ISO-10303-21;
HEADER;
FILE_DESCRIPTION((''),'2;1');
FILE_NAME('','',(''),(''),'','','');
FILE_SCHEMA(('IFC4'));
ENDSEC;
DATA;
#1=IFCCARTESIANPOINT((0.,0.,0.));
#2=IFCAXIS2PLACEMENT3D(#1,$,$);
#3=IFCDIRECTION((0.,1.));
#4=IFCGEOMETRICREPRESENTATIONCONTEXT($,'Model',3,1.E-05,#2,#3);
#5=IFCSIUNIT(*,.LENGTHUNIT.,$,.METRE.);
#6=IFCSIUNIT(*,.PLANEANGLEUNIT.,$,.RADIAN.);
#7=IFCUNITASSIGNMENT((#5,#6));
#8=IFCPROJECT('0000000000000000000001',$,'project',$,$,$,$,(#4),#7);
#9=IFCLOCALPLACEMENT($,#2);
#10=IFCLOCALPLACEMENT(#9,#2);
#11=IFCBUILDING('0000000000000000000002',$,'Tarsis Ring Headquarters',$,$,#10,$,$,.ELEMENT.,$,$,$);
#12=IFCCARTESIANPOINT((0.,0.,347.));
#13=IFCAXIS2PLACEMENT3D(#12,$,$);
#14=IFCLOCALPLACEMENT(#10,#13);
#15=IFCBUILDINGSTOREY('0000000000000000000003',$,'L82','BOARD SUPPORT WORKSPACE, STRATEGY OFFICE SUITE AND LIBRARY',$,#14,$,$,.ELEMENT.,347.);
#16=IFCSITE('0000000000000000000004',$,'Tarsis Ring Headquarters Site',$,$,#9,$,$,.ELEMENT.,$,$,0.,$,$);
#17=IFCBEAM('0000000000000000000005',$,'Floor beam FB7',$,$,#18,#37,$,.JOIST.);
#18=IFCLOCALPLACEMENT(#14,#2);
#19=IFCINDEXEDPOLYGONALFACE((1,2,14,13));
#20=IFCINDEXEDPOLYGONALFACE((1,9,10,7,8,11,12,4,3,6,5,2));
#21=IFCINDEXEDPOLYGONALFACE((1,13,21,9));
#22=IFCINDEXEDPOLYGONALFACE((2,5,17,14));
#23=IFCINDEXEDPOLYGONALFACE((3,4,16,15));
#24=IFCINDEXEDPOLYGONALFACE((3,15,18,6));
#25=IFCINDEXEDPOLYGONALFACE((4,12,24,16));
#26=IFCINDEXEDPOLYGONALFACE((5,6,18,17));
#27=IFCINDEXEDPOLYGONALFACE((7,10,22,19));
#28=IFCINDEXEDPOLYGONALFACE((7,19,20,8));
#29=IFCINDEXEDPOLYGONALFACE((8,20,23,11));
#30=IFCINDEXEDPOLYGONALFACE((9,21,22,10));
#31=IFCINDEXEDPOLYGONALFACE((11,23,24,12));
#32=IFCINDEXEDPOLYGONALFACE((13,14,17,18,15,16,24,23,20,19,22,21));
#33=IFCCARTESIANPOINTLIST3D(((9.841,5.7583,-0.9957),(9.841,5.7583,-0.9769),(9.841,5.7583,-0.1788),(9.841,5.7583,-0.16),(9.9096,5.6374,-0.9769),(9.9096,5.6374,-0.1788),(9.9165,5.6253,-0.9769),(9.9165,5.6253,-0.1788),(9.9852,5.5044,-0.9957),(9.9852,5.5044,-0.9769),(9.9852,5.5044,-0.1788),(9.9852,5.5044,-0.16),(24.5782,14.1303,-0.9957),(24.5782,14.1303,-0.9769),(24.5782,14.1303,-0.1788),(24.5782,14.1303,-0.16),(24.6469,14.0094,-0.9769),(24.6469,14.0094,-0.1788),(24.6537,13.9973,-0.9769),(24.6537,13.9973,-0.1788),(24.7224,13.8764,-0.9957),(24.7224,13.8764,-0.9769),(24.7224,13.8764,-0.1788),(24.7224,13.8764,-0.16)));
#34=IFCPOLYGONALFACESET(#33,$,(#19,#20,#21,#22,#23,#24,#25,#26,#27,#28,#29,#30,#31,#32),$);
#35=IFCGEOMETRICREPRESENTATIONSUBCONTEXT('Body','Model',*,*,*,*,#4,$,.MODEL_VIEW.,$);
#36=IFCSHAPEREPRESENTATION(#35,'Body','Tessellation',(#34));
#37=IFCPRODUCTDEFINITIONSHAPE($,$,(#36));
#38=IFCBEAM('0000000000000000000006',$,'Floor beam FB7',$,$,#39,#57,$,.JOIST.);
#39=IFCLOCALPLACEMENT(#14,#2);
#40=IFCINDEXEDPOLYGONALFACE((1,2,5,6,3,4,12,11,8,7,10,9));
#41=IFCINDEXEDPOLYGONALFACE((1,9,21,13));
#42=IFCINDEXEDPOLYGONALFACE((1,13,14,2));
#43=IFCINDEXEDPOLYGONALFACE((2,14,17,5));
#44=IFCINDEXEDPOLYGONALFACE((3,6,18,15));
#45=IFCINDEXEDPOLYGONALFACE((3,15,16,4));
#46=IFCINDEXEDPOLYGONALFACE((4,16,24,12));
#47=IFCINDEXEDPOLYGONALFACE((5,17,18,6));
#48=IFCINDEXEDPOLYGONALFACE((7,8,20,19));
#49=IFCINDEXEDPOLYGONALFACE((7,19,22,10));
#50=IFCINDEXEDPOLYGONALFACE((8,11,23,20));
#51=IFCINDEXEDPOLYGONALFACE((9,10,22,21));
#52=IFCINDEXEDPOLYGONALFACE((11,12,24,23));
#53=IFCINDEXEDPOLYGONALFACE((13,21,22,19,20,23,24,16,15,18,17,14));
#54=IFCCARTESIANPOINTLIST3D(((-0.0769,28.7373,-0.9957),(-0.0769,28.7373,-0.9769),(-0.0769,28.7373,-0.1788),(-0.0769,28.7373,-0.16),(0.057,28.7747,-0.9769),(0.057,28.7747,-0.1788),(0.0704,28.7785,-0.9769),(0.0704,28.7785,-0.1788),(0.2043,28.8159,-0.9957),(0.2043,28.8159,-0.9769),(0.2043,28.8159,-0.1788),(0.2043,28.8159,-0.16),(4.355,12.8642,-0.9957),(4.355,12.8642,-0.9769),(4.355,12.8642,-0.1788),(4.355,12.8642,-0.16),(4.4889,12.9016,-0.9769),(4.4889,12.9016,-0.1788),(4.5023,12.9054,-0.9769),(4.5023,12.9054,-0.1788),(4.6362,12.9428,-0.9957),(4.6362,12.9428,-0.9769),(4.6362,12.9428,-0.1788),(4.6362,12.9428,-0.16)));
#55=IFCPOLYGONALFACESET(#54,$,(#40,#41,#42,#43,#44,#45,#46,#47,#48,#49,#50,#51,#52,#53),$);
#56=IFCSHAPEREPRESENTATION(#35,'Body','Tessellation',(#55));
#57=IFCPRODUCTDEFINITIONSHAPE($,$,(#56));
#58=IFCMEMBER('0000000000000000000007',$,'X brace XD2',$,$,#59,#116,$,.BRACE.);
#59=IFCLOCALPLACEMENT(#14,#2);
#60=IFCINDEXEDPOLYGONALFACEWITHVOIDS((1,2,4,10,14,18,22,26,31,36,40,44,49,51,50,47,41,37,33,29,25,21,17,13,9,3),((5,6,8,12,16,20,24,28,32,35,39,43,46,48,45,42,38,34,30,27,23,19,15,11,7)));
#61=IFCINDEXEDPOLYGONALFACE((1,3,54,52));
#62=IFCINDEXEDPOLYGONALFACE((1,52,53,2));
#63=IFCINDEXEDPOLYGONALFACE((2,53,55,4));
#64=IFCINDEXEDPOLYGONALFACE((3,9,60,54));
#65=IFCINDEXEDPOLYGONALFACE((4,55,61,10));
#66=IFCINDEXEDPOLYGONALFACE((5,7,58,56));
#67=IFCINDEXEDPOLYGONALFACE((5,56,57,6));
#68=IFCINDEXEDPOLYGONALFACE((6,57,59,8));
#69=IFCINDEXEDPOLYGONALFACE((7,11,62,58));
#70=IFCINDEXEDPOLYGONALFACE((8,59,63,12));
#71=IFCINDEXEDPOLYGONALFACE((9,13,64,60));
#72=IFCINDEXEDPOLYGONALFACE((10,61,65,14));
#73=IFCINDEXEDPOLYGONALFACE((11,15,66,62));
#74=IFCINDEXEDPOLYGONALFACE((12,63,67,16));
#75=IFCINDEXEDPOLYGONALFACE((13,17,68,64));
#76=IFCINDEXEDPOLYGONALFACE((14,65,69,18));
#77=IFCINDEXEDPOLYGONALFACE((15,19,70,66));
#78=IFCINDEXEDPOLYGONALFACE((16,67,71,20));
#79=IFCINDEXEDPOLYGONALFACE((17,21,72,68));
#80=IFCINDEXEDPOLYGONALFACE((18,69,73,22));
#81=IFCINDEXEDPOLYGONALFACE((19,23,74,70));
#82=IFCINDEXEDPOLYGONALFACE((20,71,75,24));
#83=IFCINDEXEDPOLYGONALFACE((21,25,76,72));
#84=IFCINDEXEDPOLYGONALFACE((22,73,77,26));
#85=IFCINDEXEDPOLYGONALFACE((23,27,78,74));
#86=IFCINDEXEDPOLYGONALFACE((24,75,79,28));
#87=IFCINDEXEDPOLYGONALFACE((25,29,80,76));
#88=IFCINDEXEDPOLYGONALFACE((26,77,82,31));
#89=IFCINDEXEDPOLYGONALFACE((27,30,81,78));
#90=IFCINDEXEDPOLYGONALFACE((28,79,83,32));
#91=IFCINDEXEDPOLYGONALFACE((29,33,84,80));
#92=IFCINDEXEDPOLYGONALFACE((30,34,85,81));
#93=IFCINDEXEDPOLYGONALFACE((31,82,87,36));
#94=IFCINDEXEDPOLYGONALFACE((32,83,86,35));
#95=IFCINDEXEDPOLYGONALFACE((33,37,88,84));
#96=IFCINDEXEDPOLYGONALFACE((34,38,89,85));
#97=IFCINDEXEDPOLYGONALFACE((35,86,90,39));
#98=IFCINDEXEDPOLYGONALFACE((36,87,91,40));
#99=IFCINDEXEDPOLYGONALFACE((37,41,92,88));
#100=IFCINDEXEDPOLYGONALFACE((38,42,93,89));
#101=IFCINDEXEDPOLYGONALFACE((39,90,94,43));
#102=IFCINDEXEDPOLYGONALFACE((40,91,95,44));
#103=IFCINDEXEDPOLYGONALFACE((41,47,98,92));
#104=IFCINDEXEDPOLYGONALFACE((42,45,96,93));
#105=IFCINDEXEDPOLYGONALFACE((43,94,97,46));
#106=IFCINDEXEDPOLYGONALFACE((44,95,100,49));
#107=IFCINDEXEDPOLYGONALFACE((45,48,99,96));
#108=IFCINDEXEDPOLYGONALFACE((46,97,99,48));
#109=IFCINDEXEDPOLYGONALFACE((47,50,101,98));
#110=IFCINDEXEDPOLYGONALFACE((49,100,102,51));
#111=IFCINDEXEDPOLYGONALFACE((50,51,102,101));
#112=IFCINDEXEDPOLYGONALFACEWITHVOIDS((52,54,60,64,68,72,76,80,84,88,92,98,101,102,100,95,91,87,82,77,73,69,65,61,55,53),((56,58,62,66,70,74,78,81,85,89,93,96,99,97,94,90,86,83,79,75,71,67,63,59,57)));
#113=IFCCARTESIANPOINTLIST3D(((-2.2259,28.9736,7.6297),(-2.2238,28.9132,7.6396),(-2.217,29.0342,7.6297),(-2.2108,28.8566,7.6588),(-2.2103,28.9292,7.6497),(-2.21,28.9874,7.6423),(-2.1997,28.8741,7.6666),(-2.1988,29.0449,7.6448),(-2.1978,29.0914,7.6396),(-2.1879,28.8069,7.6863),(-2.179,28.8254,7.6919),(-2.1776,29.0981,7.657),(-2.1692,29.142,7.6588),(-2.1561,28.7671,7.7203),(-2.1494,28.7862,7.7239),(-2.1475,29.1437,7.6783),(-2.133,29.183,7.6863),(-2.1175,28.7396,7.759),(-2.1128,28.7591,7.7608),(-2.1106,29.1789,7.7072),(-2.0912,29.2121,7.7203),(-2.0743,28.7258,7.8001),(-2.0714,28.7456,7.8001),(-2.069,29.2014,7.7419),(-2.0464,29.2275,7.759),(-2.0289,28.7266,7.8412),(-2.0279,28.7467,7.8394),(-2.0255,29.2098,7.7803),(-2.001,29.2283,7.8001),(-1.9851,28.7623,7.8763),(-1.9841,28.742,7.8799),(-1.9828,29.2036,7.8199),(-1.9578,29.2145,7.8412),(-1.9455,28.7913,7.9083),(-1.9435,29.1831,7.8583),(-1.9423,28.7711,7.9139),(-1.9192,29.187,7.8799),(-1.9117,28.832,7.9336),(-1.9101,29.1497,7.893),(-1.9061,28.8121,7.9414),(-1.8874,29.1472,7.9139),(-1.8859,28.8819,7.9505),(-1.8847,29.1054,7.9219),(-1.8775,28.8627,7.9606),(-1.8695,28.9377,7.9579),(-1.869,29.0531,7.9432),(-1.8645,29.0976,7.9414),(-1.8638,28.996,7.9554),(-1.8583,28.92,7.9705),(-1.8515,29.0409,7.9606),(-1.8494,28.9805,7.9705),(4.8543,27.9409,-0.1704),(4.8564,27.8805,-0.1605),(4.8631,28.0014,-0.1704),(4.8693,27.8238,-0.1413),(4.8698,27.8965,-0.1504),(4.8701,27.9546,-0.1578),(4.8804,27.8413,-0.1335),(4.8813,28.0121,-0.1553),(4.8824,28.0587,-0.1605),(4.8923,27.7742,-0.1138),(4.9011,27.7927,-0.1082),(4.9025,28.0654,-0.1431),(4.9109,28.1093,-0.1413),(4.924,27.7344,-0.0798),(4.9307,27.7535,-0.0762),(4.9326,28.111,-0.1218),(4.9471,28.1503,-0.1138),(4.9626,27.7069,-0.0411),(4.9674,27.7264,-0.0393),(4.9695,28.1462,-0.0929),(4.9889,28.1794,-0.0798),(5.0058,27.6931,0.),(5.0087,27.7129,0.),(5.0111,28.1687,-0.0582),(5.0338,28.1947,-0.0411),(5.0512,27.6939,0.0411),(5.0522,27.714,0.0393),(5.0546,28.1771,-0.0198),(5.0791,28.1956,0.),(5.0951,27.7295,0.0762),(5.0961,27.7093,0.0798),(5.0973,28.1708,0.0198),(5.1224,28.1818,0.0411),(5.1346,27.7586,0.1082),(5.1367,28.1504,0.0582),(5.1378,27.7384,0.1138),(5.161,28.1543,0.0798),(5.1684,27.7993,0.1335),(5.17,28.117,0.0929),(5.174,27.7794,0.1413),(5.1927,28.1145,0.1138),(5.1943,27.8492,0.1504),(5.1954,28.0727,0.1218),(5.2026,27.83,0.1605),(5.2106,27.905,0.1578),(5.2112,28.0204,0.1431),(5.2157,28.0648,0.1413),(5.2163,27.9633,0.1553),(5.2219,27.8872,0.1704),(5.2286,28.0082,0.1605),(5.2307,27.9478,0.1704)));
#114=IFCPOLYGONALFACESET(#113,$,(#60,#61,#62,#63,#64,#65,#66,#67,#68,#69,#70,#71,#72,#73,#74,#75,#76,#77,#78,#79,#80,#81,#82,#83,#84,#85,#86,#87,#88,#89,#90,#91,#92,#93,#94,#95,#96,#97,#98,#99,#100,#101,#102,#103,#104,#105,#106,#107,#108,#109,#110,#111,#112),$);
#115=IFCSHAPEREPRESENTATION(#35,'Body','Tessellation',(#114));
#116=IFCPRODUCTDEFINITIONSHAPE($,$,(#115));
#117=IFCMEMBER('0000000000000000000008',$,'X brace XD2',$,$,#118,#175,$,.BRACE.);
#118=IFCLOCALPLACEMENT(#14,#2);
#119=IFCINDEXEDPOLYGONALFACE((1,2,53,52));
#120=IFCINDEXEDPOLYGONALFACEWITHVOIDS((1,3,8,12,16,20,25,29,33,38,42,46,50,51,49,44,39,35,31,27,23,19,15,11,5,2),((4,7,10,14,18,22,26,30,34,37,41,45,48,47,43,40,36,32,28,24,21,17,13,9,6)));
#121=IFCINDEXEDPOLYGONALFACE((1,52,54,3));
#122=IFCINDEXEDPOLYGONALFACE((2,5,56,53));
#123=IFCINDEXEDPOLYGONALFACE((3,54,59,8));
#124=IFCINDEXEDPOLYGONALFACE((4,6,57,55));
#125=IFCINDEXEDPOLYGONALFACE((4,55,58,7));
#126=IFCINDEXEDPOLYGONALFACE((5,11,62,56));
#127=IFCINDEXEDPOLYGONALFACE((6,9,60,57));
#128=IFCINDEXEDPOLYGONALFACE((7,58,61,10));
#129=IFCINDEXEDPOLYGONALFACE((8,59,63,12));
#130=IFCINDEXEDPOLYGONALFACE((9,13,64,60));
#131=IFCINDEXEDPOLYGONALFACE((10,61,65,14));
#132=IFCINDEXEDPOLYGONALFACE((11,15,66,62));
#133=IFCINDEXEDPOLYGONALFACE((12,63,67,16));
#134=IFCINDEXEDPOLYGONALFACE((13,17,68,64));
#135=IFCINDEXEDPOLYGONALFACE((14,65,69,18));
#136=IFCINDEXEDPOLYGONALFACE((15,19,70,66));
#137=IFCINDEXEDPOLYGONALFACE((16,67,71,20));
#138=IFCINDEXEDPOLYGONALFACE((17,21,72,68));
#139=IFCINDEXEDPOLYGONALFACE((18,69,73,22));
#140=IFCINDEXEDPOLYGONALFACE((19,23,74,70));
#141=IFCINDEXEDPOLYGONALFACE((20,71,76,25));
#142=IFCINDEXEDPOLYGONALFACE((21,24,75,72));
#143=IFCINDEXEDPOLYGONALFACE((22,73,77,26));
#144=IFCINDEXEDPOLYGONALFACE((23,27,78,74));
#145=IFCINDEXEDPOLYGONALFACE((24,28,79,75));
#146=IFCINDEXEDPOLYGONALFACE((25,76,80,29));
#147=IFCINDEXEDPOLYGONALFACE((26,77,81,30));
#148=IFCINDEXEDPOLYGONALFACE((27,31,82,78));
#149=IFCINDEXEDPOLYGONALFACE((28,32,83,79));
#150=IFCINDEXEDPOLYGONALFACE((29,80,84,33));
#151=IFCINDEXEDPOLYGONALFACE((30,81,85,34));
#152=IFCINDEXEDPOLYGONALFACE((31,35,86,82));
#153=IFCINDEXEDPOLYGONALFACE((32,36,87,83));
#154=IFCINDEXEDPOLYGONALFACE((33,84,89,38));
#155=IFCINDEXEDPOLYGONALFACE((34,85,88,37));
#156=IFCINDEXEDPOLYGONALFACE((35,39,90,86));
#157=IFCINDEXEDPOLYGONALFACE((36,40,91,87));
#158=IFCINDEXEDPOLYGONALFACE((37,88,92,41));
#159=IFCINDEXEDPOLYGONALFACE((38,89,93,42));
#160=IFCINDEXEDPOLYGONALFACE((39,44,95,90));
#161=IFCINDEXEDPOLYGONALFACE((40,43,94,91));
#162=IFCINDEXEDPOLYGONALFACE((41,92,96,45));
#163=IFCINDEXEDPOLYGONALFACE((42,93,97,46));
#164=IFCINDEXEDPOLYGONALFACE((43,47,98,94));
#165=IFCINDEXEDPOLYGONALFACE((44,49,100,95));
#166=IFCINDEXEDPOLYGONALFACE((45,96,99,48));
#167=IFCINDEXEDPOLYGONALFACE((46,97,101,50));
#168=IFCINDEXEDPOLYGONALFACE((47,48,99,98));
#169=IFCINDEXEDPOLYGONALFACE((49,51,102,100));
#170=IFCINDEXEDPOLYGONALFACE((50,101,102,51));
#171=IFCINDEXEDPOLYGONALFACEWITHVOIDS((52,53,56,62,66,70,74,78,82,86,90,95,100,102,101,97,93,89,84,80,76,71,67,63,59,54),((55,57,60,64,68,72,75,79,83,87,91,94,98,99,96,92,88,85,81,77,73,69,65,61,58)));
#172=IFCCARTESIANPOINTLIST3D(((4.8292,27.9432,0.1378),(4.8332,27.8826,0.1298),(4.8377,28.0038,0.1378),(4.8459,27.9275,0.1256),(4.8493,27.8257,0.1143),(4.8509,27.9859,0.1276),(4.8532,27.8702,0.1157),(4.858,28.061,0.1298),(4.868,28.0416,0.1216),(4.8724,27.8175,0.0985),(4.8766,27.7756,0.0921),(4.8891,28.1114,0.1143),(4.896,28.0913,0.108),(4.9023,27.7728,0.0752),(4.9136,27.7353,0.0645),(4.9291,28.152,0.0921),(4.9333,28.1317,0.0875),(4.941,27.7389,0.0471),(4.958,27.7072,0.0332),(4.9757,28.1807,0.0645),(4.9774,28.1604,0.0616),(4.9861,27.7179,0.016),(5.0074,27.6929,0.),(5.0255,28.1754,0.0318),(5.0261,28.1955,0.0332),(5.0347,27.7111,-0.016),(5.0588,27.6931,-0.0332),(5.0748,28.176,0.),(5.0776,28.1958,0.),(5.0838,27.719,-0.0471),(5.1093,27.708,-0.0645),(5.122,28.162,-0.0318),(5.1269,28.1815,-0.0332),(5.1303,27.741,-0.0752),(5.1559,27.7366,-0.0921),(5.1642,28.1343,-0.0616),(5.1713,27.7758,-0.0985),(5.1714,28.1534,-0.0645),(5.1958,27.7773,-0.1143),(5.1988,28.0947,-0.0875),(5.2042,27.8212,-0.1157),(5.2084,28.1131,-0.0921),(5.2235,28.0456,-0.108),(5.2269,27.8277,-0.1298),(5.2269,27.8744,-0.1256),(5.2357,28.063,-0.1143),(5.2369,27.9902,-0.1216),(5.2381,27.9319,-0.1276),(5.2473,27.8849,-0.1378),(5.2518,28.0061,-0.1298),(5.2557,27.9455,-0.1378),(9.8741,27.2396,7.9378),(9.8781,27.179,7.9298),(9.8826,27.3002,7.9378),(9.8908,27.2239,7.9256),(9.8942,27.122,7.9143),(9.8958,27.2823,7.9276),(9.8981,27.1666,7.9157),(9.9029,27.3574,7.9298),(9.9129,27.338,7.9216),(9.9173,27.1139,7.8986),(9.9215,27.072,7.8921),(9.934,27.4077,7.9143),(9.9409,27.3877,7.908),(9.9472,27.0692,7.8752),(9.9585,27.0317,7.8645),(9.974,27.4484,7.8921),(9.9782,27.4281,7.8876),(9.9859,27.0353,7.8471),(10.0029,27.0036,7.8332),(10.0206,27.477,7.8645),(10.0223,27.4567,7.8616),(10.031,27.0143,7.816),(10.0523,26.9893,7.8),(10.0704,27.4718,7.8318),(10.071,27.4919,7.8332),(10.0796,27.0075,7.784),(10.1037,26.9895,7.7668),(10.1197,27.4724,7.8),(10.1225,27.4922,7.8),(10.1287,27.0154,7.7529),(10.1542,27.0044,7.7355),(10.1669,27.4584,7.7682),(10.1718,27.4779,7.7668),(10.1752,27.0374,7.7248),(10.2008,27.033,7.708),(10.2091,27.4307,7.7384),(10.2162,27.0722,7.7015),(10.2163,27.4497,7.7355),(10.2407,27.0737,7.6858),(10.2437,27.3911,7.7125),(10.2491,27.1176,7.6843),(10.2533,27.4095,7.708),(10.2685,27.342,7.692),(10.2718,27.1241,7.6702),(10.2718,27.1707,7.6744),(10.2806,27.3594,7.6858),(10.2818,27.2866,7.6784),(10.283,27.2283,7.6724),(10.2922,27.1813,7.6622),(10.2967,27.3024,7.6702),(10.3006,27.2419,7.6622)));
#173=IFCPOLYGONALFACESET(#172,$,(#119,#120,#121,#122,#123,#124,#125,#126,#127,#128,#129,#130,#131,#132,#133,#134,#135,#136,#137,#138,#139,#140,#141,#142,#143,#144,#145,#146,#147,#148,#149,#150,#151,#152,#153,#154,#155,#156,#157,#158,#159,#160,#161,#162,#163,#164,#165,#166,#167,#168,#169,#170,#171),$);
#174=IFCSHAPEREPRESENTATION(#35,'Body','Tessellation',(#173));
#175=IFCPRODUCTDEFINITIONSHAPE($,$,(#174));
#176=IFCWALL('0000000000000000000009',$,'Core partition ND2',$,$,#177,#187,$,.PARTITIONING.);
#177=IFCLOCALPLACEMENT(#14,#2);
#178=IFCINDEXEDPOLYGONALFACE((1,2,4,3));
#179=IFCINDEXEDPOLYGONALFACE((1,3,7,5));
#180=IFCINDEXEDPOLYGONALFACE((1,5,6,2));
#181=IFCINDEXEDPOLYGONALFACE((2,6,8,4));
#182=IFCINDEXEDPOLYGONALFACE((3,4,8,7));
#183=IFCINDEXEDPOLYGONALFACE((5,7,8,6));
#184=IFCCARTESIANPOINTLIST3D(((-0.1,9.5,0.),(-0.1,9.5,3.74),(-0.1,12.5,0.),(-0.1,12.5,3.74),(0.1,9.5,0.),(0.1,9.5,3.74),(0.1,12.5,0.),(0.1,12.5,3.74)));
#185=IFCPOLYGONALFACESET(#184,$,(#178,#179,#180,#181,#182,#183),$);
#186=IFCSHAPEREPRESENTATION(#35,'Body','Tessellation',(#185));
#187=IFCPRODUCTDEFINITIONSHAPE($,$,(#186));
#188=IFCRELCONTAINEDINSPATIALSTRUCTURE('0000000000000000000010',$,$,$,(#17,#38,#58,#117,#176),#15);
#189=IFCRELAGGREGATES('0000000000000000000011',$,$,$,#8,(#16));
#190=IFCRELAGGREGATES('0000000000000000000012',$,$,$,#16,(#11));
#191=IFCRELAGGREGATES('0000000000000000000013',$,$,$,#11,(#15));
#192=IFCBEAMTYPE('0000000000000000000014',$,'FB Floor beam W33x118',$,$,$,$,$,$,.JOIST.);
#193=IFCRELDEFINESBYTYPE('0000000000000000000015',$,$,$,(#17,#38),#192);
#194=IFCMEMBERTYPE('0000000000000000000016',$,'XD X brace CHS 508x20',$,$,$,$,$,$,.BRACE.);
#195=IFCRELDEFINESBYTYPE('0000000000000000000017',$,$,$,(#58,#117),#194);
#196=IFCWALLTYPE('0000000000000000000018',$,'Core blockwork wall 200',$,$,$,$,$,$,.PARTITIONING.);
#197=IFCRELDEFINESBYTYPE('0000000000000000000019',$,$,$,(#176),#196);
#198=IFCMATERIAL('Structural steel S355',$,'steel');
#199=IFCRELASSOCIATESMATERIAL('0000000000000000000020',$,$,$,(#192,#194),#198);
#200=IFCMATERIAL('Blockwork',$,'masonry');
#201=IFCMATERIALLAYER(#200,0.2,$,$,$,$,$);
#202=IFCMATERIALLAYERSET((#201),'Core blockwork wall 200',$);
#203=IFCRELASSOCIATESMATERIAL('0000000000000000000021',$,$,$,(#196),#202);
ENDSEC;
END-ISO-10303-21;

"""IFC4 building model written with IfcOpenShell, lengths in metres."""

from ifc_helpers import new_model, si_unit, direction, frame, frame_2d, origin, origin_2d, place, context, subcontext, project, spatial, rectangle, hollow_circle, i_section, extrude, material, layer, layer_set, material_profile, profile_set, type_object, element, save


model = new_model("IFC4")

# Units and contexts
model_context = context("Model", 3, precision=1e-05, world=origin(), true_north=direction((0.0, 1.0)))
body_context = subcontext(model_context, "Body", "Model", "MODEL_VIEW")
ifc_project = project(units=[si_unit("LENGTHUNIT", "METRE"), si_unit("PLANEANGLEUNIT", "RADIAN")], contexts=[model_context])

# Site, building, storey
site_placement = place(None, origin())
site = spatial("IfcSite", under=ifc_project, at=site_placement, Name="Tarsis Ring Headquarters Site", CompositionType="ELEMENT", RefElevation=0.0)
building_placement = place(site_placement, origin())
building = spatial("IfcBuilding", under=site, at=building_placement, Name="Tarsis Ring Headquarters", CompositionType="ELEMENT")
storey_placement = place(building_placement, frame((0.0, 0.0, 347.0)))
storey = spatial("IfcBuildingStorey", under=building, at=storey_placement, Name="L82", Description="BOARD SUPPORT WORKSPACE, STRATEGY OFFICE SUITE AND LIBRARY", CompositionType="ELEMENT", Elevation=347.0)

# Shared definitions
ifc_material_1 = material(Name="Structural steel S355", Category="steel")

# Beams
ifc_material_profile_1 = material_profile(ifc_material_1, i_section(OverallWidth=0.292, OverallDepth=0.8357, WebThickness=0.0139, FlangeThickness=0.0188, at=origin_2d()), Name="W33x118")
ifc_profile_set_1 = profile_set([ifc_material_profile_1], Name="Structural steel S355")
beam_type_1 = type_object("IfcBeamType", Name="FB Floor beam W33x118", PredefinedType="JOIST", material=ifc_profile_set_1)
beam_1_placement = place(storey_placement, frame((9.9131, 5.6313, -0.5779), z_axis=(0.869492, 0.493947, 0.0), x_axis=(-0.493947, 0.869492, 0.0)))
element("IfcBeam", 1, at=beam_1_placement, inside=storey, type_object=beam_type_1, Name="Floor beam FB7", PredefinedType="JOIST", context=body_context, shape_type="SweptSolid", body=[
    extrude(i_section(OverallWidth=0.292, OverallDepth=0.8357, WebThickness=0.0139, FlangeThickness=0.0188, at=origin_2d()), origin(), (0.0, 0.0, 1.0), 16.9492),
])
beam_2_placement = place(storey_placement, frame((0.0637, 28.7766, -0.5779), z_axis=(0.268923, -0.963162, 0.0), x_axis=(0.963162, 0.268923, 0.0)))
element("IfcBeam", 2, at=beam_2_placement, inside=storey, type_object=beam_type_1, Name="Floor beam FB7", PredefinedType="JOIST", context=body_context, shape_type="SweptSolid", body=[
    extrude(i_section(OverallWidth=0.292, OverallDepth=0.8357, WebThickness=0.0139, FlangeThickness=0.0188, at=origin_2d()), origin(), (0.0, 0.0, 1.0), 16.4802),
])

# Members
ifc_material_profile_2 = material_profile(ifc_material_1, hollow_circle(Radius=0.2539, WallThickness=0.02, at=origin_2d()), Name="CHS 508x20")
ifc_profile_set_2 = profile_set([ifc_material_profile_2], Name="Structural steel S355")
member_type = type_object("IfcMemberType", Name="XD X brace CHS 508x20", PredefinedType="BRACE", material=ifc_profile_set_2)
member_1_placement = place(storey_placement, frame((5.0425, 27.9443, 0.0), z_axis=(-0.668901, 0.097567, 0.736921), x_axis=(-0.144335, -0.989529, 0.0)))
element("IfcMember", 3, at=member_1_placement, inside=storey, type_object=member_type, Name="X brace XD2", PredefinedType="BRACE", context=body_context, shape_type="SweptSolid", body=[
    extrude(hollow_circle(Radius=0.2539, WallThickness=0.02, at=origin_2d()), origin(), (0.0, 0.0, 1.0), 10.5847),
])
member_2_placement = place(storey_placement, frame((5.0425, 27.9443, 0.0), z_axis=(0.541535, -0.075528, 0.837278), x_axis=(0.138133, 0.990414, 0.0)))
element("IfcMember", 4, at=member_2_placement, inside=storey, type_object=member_type, Name="X brace XD2", PredefinedType="BRACE", context=body_context, shape_type="SweptSolid", body=[
    extrude(hollow_circle(Radius=0.2539, WallThickness=0.02, at=origin_2d()), origin(), (0.0, 0.0, 1.0), 9.3159),
])

# Wall
ifc_material_2 = material(Name="Blockwork", Category="masonry")
ifc_layer_1 = layer(ifc_material_2, 0.2)
ifc_layer_set_1 = layer_set([ifc_layer_1], Name="Core blockwork wall 200")
wall_type_1 = type_object("IfcWallType", Name="Core blockwork wall 200", PredefinedType="PARTITIONING", material=ifc_layer_set_1)
wall_1_placement = place(storey_placement, frame((0.0, 9.5, 0.0), z_axis=(0.0, 0.0, 1.0), x_axis=(0.0, 1.0, 0.0)))
element("IfcWall", 5, at=wall_1_placement, inside=storey, type_object=wall_type_1, Name="Core partition ND2", PredefinedType="PARTITIONING", context=body_context, shape_type="SweptSolid", body=[
    extrude(rectangle(XDim=3.0, YDim=0.2, at=frame_2d((1.5, 0.0))), origin(), (0.0, 0.0, 1.0), 3.74),
])

save(model, "model.ifc")
